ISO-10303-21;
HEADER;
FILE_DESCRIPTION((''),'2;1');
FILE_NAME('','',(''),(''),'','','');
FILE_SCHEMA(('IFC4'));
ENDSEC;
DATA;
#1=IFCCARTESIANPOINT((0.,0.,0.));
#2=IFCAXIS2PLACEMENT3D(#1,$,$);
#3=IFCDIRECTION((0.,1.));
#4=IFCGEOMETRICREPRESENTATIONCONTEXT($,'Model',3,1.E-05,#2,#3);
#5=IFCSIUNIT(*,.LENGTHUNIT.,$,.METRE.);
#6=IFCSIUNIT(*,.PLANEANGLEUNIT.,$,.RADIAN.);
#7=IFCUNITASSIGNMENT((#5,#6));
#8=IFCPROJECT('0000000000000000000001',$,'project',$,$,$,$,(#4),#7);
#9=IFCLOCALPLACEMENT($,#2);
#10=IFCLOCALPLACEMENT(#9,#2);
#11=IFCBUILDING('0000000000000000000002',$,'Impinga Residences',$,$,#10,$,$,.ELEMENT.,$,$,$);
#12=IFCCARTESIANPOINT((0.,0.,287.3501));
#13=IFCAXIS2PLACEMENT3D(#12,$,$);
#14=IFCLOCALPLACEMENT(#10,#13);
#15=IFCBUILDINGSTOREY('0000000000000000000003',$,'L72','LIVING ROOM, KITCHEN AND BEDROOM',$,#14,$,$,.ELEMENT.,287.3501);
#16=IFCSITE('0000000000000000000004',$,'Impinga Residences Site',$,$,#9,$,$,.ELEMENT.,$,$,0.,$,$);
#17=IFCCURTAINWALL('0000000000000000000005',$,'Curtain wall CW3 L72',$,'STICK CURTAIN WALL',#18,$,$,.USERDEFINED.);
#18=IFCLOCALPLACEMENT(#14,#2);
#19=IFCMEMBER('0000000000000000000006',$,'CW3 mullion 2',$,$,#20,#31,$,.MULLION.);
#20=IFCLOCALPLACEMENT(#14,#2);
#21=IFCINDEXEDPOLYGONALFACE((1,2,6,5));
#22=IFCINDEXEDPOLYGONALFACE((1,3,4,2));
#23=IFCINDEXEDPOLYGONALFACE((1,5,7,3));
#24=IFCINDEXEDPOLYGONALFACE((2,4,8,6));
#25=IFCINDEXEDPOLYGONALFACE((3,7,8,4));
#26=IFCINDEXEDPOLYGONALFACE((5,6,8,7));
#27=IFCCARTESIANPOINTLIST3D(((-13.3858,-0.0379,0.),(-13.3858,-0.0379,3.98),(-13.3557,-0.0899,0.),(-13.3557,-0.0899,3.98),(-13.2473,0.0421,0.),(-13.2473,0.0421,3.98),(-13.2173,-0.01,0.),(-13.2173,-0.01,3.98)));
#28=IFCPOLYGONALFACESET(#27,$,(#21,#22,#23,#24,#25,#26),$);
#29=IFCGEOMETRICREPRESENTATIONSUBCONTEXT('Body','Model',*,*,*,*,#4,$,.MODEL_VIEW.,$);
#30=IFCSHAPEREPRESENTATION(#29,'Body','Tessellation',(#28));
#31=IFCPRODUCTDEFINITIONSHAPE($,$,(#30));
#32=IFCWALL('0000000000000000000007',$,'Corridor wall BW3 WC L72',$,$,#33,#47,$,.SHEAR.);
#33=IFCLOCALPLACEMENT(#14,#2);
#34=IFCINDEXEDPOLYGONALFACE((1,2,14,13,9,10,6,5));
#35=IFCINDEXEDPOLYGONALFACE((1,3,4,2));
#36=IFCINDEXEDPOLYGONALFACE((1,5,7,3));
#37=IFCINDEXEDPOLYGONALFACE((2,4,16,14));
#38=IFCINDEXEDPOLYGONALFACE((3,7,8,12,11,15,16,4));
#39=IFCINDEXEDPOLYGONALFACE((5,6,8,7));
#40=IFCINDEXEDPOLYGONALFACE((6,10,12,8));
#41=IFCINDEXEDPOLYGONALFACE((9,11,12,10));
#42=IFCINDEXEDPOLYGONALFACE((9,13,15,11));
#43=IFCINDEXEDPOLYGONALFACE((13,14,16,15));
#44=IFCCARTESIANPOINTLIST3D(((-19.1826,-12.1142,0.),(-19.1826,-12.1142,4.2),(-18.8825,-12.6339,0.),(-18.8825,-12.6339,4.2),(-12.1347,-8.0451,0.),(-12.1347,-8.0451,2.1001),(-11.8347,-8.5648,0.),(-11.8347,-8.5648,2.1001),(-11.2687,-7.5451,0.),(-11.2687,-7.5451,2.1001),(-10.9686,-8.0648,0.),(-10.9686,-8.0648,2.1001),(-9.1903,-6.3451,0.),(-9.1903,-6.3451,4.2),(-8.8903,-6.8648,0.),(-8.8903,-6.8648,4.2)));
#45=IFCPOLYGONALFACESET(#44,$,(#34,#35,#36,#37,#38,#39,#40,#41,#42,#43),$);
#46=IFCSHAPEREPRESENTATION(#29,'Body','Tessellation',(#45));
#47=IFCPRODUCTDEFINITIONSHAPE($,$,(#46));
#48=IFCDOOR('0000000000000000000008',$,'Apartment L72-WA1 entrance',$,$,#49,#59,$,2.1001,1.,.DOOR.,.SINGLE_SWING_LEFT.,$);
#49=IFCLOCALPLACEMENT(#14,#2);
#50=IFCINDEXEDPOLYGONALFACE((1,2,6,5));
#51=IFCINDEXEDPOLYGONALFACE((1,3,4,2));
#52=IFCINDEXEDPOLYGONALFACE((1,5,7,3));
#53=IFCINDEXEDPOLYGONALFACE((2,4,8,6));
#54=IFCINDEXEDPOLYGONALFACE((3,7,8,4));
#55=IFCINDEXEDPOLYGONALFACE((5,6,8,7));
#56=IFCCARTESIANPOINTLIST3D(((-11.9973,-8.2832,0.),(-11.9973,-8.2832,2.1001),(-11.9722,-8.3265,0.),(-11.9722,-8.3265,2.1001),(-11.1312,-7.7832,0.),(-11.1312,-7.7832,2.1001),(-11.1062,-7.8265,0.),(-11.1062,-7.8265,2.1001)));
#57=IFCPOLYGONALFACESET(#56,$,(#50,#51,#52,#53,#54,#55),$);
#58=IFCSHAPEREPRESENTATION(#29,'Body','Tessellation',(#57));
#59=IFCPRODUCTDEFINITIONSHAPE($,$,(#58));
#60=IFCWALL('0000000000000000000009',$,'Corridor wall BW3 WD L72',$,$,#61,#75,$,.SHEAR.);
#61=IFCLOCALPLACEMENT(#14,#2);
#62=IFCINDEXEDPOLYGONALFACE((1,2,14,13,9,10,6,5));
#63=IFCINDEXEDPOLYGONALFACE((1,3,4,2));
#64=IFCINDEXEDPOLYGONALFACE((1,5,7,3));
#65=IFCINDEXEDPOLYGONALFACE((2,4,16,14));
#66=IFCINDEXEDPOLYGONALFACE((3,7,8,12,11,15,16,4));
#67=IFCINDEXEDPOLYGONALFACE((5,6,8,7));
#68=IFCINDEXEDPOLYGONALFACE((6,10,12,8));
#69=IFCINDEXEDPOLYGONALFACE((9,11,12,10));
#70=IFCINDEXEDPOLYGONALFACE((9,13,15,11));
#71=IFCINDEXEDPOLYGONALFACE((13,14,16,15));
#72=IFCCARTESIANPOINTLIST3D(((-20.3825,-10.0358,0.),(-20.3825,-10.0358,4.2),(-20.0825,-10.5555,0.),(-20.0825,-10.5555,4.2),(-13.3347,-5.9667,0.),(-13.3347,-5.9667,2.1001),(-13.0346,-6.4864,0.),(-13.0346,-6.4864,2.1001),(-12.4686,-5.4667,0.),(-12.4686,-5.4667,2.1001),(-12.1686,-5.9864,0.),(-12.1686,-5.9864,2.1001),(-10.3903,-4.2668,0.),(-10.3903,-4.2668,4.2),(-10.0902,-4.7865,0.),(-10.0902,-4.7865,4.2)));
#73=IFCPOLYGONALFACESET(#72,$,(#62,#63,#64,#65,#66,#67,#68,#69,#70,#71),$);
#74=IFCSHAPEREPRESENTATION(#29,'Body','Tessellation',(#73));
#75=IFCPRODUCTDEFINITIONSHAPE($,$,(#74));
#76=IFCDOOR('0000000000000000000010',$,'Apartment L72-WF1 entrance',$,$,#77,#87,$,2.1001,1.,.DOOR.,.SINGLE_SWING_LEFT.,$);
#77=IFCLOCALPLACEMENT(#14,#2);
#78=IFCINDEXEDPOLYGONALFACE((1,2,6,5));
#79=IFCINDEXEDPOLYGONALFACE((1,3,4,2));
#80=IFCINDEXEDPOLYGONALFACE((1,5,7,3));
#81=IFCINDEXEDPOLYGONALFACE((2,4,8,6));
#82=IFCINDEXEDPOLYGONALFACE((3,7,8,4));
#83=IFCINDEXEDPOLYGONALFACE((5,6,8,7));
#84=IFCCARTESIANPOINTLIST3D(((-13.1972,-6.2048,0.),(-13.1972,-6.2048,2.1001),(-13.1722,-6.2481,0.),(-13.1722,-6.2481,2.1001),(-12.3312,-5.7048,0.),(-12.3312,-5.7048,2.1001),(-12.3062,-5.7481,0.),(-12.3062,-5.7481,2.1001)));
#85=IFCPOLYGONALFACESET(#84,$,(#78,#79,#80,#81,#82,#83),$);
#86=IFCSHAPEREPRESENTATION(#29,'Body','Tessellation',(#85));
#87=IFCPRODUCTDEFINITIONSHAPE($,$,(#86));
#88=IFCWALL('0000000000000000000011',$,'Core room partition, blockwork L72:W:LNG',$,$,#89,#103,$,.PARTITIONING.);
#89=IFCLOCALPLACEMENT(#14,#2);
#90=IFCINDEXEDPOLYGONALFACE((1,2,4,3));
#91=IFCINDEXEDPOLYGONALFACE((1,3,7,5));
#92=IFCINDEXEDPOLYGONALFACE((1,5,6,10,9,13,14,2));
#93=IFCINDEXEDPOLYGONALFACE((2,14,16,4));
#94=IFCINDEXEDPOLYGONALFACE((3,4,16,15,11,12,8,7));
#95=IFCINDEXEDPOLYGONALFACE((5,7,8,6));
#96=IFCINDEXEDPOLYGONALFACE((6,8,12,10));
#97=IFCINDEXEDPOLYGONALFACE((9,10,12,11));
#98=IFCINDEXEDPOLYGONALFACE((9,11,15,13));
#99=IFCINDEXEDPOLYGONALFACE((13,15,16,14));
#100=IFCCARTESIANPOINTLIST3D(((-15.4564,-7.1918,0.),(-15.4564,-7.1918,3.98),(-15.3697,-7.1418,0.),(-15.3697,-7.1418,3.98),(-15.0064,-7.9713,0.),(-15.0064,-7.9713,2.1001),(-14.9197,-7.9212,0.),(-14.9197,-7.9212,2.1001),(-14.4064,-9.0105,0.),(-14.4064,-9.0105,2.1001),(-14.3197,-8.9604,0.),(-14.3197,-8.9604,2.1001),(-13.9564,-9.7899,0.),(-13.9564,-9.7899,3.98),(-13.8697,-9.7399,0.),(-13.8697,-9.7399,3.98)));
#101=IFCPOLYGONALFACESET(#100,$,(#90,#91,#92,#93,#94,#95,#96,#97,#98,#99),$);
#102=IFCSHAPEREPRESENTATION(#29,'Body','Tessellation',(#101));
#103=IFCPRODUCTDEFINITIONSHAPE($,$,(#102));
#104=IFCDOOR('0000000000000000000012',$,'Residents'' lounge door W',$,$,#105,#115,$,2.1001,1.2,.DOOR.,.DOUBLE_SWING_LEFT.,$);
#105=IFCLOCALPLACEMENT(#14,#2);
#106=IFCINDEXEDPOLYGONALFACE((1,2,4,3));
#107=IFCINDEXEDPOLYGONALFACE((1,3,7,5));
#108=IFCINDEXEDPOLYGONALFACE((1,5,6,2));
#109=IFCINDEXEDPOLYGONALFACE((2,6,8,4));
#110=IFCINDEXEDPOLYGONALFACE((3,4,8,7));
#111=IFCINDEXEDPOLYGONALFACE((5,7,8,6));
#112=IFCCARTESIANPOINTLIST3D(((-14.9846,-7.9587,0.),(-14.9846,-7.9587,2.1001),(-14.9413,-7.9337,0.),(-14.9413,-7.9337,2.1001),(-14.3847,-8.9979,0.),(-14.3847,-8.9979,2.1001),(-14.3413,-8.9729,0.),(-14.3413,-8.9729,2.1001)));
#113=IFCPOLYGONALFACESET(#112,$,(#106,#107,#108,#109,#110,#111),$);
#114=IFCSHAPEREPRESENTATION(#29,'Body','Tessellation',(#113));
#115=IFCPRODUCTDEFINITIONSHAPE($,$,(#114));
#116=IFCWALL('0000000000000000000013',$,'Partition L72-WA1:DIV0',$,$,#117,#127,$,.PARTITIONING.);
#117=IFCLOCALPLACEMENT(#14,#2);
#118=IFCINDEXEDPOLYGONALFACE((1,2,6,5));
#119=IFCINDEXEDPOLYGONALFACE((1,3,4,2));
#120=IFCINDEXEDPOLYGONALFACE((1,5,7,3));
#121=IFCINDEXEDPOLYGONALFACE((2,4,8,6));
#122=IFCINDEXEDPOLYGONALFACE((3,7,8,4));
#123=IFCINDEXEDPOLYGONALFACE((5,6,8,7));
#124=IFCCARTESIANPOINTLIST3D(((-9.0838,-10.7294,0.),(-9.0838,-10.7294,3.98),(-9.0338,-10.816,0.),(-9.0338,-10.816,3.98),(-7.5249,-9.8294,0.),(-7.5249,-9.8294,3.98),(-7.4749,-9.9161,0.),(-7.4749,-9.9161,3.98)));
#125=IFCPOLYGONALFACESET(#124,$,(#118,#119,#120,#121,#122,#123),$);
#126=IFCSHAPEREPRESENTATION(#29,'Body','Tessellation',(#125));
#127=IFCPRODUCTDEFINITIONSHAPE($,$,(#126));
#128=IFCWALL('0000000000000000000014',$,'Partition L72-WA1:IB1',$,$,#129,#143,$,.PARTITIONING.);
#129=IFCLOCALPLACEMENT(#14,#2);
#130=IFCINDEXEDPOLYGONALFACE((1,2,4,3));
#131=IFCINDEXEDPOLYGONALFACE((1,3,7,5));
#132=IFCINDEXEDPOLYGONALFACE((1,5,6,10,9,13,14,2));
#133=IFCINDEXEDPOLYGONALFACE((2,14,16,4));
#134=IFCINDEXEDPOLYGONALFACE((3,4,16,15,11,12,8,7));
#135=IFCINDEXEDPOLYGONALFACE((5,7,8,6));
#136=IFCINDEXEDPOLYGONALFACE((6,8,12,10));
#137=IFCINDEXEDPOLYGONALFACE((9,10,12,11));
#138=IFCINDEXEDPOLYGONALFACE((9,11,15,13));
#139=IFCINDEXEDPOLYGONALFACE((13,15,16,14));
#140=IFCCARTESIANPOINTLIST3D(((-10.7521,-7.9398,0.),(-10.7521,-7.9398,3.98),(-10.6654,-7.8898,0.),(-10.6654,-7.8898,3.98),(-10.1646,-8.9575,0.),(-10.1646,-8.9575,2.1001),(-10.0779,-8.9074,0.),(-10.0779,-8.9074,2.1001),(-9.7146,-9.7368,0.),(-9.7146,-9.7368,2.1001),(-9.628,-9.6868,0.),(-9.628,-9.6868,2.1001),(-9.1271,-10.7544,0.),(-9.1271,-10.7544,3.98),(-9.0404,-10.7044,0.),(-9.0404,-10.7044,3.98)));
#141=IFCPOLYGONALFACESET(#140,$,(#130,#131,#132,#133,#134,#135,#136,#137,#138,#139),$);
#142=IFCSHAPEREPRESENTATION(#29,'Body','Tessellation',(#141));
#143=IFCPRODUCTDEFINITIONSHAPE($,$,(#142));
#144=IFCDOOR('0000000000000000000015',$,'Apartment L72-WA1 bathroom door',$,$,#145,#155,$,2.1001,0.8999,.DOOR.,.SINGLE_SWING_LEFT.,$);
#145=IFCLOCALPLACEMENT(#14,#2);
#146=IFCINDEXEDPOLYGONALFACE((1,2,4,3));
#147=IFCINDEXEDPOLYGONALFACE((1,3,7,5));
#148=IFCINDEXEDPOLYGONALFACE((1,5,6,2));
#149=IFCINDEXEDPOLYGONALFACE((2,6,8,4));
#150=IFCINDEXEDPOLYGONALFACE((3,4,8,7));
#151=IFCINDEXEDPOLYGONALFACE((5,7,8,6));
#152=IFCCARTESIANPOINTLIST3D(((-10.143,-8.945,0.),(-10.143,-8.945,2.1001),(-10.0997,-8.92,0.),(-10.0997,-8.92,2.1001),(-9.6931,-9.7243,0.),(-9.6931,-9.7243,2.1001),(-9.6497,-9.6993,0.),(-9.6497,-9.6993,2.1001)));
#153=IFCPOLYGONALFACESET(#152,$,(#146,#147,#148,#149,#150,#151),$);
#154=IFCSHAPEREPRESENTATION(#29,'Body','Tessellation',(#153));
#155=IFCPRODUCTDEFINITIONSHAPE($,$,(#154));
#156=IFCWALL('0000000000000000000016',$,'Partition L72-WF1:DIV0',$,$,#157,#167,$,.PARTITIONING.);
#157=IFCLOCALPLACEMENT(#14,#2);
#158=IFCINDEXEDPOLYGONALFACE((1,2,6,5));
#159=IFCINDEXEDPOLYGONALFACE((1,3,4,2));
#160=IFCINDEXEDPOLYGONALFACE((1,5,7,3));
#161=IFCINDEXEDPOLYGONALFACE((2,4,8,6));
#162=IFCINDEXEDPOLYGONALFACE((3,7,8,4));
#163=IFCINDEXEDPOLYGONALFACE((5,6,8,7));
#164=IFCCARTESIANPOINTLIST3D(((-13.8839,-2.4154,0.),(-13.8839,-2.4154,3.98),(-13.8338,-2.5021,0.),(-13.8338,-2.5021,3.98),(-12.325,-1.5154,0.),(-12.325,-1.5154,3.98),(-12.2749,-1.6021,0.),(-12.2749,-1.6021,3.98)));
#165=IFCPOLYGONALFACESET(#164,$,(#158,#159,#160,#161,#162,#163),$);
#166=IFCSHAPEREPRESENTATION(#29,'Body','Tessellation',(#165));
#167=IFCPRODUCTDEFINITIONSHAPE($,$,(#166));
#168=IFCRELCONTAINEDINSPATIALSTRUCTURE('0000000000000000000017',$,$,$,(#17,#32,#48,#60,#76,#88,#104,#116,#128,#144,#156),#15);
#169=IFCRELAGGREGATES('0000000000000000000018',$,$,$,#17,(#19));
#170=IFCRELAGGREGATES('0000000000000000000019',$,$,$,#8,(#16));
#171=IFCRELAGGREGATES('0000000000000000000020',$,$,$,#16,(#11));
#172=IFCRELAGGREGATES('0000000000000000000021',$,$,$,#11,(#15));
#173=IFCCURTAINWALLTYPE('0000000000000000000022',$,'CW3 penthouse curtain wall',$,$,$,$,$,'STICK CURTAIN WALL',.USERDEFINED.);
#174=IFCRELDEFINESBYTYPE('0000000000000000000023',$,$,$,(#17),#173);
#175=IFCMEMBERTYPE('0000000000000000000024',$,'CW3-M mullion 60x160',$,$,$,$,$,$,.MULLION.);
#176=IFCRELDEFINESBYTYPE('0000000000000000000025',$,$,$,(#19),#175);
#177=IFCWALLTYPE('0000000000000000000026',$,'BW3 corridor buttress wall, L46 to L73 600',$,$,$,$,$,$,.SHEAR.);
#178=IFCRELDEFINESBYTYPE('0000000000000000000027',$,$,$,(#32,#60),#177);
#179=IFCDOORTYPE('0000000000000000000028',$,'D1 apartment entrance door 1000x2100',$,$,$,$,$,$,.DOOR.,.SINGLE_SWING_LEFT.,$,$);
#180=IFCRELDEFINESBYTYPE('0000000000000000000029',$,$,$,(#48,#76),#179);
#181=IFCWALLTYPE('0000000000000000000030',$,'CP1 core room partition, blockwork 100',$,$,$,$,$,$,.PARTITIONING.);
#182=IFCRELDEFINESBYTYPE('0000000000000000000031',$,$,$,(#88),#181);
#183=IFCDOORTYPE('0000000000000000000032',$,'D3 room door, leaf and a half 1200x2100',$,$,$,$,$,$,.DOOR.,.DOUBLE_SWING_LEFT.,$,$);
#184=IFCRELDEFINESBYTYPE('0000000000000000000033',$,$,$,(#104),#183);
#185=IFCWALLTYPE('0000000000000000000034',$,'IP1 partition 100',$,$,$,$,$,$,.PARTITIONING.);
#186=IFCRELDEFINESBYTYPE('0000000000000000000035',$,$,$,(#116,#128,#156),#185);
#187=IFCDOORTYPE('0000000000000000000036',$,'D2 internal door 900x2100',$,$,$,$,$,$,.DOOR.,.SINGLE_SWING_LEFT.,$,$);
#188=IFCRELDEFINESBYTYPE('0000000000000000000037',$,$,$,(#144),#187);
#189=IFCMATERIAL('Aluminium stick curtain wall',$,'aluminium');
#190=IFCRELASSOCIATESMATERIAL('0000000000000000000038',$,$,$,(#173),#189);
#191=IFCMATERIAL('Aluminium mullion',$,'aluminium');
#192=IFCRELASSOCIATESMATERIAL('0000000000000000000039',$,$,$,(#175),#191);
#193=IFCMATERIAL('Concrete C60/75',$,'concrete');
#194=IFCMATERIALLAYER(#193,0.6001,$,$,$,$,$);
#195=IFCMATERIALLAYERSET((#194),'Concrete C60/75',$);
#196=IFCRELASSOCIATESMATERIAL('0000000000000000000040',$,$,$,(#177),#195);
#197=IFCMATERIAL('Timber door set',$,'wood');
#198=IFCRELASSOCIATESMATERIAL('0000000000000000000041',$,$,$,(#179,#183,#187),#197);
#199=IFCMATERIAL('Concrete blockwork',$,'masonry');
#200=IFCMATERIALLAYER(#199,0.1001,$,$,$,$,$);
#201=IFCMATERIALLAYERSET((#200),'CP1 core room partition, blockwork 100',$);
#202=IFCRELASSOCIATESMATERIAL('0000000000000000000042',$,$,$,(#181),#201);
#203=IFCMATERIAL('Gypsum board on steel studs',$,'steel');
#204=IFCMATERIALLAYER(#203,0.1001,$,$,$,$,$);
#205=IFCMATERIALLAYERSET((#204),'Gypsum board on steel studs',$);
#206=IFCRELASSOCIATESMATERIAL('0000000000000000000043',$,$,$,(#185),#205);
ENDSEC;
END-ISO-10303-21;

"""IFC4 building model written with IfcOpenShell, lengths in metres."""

from ifc_helpers import new_model, si_unit, direction, frame, frame_2d, origin, origin_2d, place, context, subcontext, project, spatial, rectangle, extrude, material, layer, layer_set, material_profile, profile_set, type_object, element, fill, aggregate, save


model = new_model("IFC4")

# Units and contexts
model_context = context("Model", 3, precision=1e-05, world=origin(), true_north=direction((0.0, 1.0)))
body_context = subcontext(model_context, "Body", "Model", "MODEL_VIEW")
ifc_project = project(units=[si_unit("LENGTHUNIT", "METRE"), si_unit("PLANEANGLEUNIT", "RADIAN")], contexts=[model_context])

# Site, building, storey
site_placement = place(None, origin())
site = spatial("IfcSite", under=ifc_project, at=site_placement, Name="Impinga Residences Site", CompositionType="ELEMENT", RefElevation=0.0)
building_placement = place(site_placement, origin())
building = spatial("IfcBuilding", under=site, at=building_placement, Name="Impinga Residences", CompositionType="ELEMENT")
storey_placement = place(building_placement, frame((0.0, 0.0, 287.3501)))
storey = spatial("IfcBuildingStorey", under=building, at=storey_placement, Name="L72", Description="LIVING ROOM, KITCHEN AND BEDROOM", CompositionType="ELEMENT", Elevation=287.3501)

# Curtain wall, member
ifc_material_1 = material(Name="Aluminium stick curtain wall", Category="aluminium")
curtain_wall_type = type_object("IfcCurtainWallType", Name="CW3 penthouse curtain wall", ElementType="STICK CURTAIN WALL", PredefinedType="USERDEFINED", material=ifc_material_1)
curtain_wall_placement = place(storey_placement, origin())
curtain_wall = element("IfcCurtainWall", 1, at=curtain_wall_placement, inside=storey, type_object=curtain_wall_type, Name="Curtain wall CW3 L72", ObjectType="STICK CURTAIN WALL", PredefinedType="USERDEFINED")
ifc_material_2 = material(Name="Aluminium mullion", Category="aluminium")
ifc_material_profile = material_profile(ifc_material_2, rectangle(XDim=0.0601, YDim=0.1599, at=origin_2d()), Name="60x160 mullion")
ifc_profile_set = profile_set([ifc_material_profile], Name="Aluminium mullion")
member_type = type_object("IfcMemberType", Name="CW3-M mullion 60x160", PredefinedType="MULLION", material=ifc_profile_set)
member_placement = place(storey_placement, frame((-13.3015, -0.0239, 0.0), z_axis=(0.0, 0.0, 1.0), x_axis=(0.5, -0.866025, 0.0)))
member = element("IfcMember", 2, at=member_placement, type_object=member_type, Name="CW3 mullion 2", PredefinedType="MULLION", context=body_context, shape_type="SweptSolid", body=[
    extrude(rectangle(XDim=0.0601, YDim=0.1599, at=origin_2d()), origin(), (0.0, 0.0, 1.0), 3.98),
])
aggregate(curtain_wall, [member])

# Walls, openings, doors
ifc_material_3 = material(Name="Concrete C60/75", Category="concrete")
ifc_layer_1 = layer(ifc_material_3, 0.6001)
ifc_layer_set_1 = layer_set([ifc_layer_1], Name="Concrete C60/75")
wall_type_1 = type_object("IfcWallType", Name="BW3 corridor buttress wall, L46 to L73 600", PredefinedType="SHEAR", material=ifc_layer_set_1)
wall_1_placement = place(storey_placement, frame((-9.0403, -6.605, 0.0), z_axis=(0.0, 0.0, 1.0), x_axis=(-0.866023, -0.500003, 0.0)))
wall_1 = element("IfcWall", 3, at=wall_1_placement, inside=storey, type_object=wall_type_1, Name="Corridor wall BW3 WC L72", PredefinedType="SHEAR", context=body_context, shape_type="SweptSolid", body=[
    extrude(rectangle(XDim=11.5381, YDim=0.6001, at=frame_2d((5.769, 0.0))), origin(), (0.0, 0.0, 1.0), 4.2),
])
opening_1_placement = place(wall_1_placement, frame((2.3999, 0.0, 0.0)))
opening_1 = element("IfcOpeningElement", 4, at=opening_1_placement, cuts=wall_1, PredefinedType="OPENING", context=body_context, shape_type="SweptSolid", body=[
    extrude(rectangle(XDim=1.0, YDim=2.1001, at=frame_2d((0.5, 1.05))), frame((0.0, 0.3101, 0.0), z_axis=(0.0, -1.0, 0.0), x_axis=(1.0, 0.0, 0.0)), (0.0, 0.0, 1.0), 0.6201),
])
ifc_material_4 = material(Name="Timber door set", Category="wood")
door_type_1 = type_object("IfcDoorType", Name="D1 apartment entrance door 1000x2100", OperationType="SINGLE_SWING_LEFT", PredefinedType="DOOR", material=ifc_material_4)
door_1_placement = place(opening_1_placement, origin())
door_1 = element("IfcDoor", 5, at=door_1_placement, inside=storey, type_object=door_type_1, Name="Apartment L72-WA1 entrance", OperationType="SINGLE_SWING_LEFT", OverallHeight=2.1001, OverallWidth=1.0, PredefinedType="DOOR", context=body_context, shape_type="SweptSolid", body=[
    extrude(rectangle(XDim=1.0, YDim=2.1001, at=frame_2d((0.5, 1.05))), frame((0.0, 0.0249, 0.0), z_axis=(0.0, -1.0, 0.0), x_axis=(1.0, 0.0, 0.0)), (0.0, 0.0, 1.0), 0.05),
])
fill(opening_1, door_1)
wall_2_placement = place(storey_placement, frame((-10.2402, -4.5266, 0.0), z_axis=(0.0, 0.0, 1.0), x_axis=(-0.866023, -0.500003, 0.0)))
wall_2 = element("IfcWall", 6, at=wall_2_placement, inside=storey, type_object=wall_type_1, Name="Corridor wall BW3 WD L72", PredefinedType="SHEAR", context=body_context, shape_type="SweptSolid", body=[
    extrude(rectangle(XDim=11.5381, YDim=0.6001, at=frame_2d((5.769, 0.0))), origin(), (0.0, 0.0, 1.0), 4.2),
])
opening_2_placement = place(wall_2_placement, frame((2.3999, 0.0, 0.0)))
opening_2 = element("IfcOpeningElement", 7, at=opening_2_placement, cuts=wall_2, PredefinedType="OPENING", context=body_context, shape_type="SweptSolid", body=[
    extrude(rectangle(XDim=1.0, YDim=2.1001, at=frame_2d((0.5, 1.05))), frame((0.0, 0.3101, 0.0), z_axis=(0.0, -1.0, 0.0), x_axis=(1.0, 0.0, 0.0)), (0.0, 0.0, 1.0), 0.6201),
])
door_2_placement = place(opening_2_placement, origin())
door_2 = element("IfcDoor", 8, at=door_2_placement, inside=storey, type_object=door_type_1, Name="Apartment L72-WF1 entrance", OperationType="SINGLE_SWING_LEFT", OverallHeight=2.1001, OverallWidth=1.0, PredefinedType="DOOR", context=body_context, shape_type="SweptSolid", body=[
    extrude(rectangle(XDim=1.0, YDim=2.1001, at=frame_2d((0.5, 1.05))), frame((0.0, 0.0249, 0.0), z_axis=(0.0, -1.0, 0.0), x_axis=(1.0, 0.0, 0.0)), (0.0, 0.0, 1.0), 0.05),
])
fill(opening_2, door_2)
ifc_material_5 = material(Name="Concrete blockwork", Category="masonry")
ifc_layer_2 = layer(ifc_material_5, 0.1001)
ifc_layer_set_2 = layer_set([ifc_layer_2], Name="CP1 core room partition, blockwork 100")
wall_type_2 = type_object("IfcWallType", Name="CP1 core room partition, blockwork 100", PredefinedType="PARTITIONING", material=ifc_layer_set_2)
wall_3_placement = place(storey_placement, frame((-13.9131, -9.7649, 0.0), z_axis=(0.0, 0.0, 1.0), x_axis=(-0.49999, 0.866031, 0.0)))
wall_3 = element("IfcWall", 9, at=wall_3_placement, inside=storey, type_object=wall_type_2, Name="Core room partition, blockwork L72:W:LNG", PredefinedType="PARTITIONING", context=body_context, shape_type="SweptSolid", body=[
    extrude(rectangle(XDim=3.0, YDim=0.1001, at=frame_2d((1.5, 0.0))), origin(), (0.0, 0.0, 1.0), 3.98),
])
opening_3_placement = place(wall_3_placement, frame((0.8999, 0.0, 0.0)))
opening_3 = element("IfcOpeningElement", 10, at=opening_3_placement, cuts=wall_3, PredefinedType="OPENING", context=body_context, shape_type="SweptSolid", body=[
    extrude(rectangle(XDim=1.2, YDim=2.1001, at=frame_2d((0.6001, 1.05))), frame((0.0, 0.0601, 0.0), z_axis=(0.0, -1.0, 0.0), x_axis=(1.0, 0.0, 0.0)), (0.0, 0.0, 1.0), 0.1201),
])
door_type_2 = type_object("IfcDoorType", Name="D3 room door, leaf and a half 1200x2100", OperationType="DOUBLE_SWING_LEFT", PredefinedType="DOOR", material=ifc_material_4)
door_3_placement = place(opening_3_placement, origin())
door_3 = element("IfcDoor", 11, at=door_3_placement, inside=storey, type_object=door_type_2, Name="Residents' lounge door W", OperationType="DOUBLE_SWING_LEFT", OverallHeight=2.1001, OverallWidth=1.2, PredefinedType="DOOR", context=body_context, shape_type="SweptSolid", body=[
    extrude(rectangle(XDim=1.2, YDim=2.1001, at=frame_2d((0.6001, 1.05))), frame((0.0, 0.0249, 0.0), z_axis=(0.0, -1.0, 0.0), x_axis=(1.0, 0.0, 0.0)), (0.0, 0.0, 1.0), 0.05),
])
fill(opening_3, door_3)

# Wall
ifc_material_6 = material(Name="Gypsum board on steel studs", Category="steel")
ifc_layer_3 = layer(ifc_material_6, 0.1001)
ifc_layer_set_3 = layer_set([ifc_layer_3], Name="Gypsum board on steel studs")
wall_type_3 = type_object("IfcWallType", Name="IP1 partition 100", PredefinedType="PARTITIONING", material=ifc_layer_set_3)
wall_4_placement = place(storey_placement, frame((-7.5, -9.8728, 0.0), z_axis=(0.0, 0.0, 1.0), x_axis=(-0.866048, -0.499961, 0.0)))
element("IfcWall", 12, at=wall_4_placement, inside=storey, type_object=wall_type_3, Name="Partition L72-WA1:DIV0", PredefinedType="PARTITIONING", context=body_context, shape_type="SweptSolid", body=[
    extrude(rectangle(XDim=1.8, YDim=0.1001, at=frame_2d((0.8999, 0.0))), origin(), (0.0, 0.0, 1.0), 3.98),
])

# Wall, opening, door
wall_5_placement = place(storey_placement, frame((-10.7087, -7.9148, 0.0), z_axis=(0.0, 0.0, 1.0), x_axis=(0.499985, -0.866034, 0.0)))
wall_5 = element("IfcWall", 13, at=wall_5_placement, inside=storey, type_object=wall_type_3, Name="Partition L72-WA1:IB1", PredefinedType="PARTITIONING", context=body_context, shape_type="SweptSolid", body=[
    extrude(rectangle(XDim=3.25, YDim=0.1001, at=frame_2d((1.625, 0.0))), origin(), (0.0, 0.0, 1.0), 3.98),
])
opening_4_placement = place(wall_5_placement, frame((1.175, 0.0, 0.0)))
opening_4 = element("IfcOpeningElement", 14, at=opening_4_placement, cuts=wall_5, PredefinedType="OPENING", context=body_context, shape_type="SweptSolid", body=[
    extrude(rectangle(XDim=0.8999, YDim=2.1001, at=frame_2d((0.45, 1.05))), frame((0.0, 0.0601, 0.0), z_axis=(0.0, -1.0, 0.0), x_axis=(1.0, 0.0, 0.0)), (0.0, 0.0, 1.0), 0.1201),
])
door_type_3 = type_object("IfcDoorType", Name="D2 internal door 900x2100", OperationType="SINGLE_SWING_LEFT", PredefinedType="DOOR", material=ifc_material_4)
door_4_placement = place(opening_4_placement, origin())
door_4 = element("IfcDoor", 15, at=door_4_placement, inside=storey, type_object=door_type_3, Name="Apartment L72-WA1 bathroom door", OperationType="SINGLE_SWING_LEFT", OverallHeight=2.1001, OverallWidth=0.8999, PredefinedType="DOOR", context=body_context, shape_type="SweptSolid", body=[
    extrude(rectangle(XDim=0.8999, YDim=2.1001, at=frame_2d((0.45, 1.05))), frame((0.0, 0.0249, 0.0), z_axis=(0.0, -1.0, 0.0), x_axis=(1.0, 0.0, 0.0)), (0.0, 0.0, 1.0), 0.05),
])
fill(opening_4, door_4)

# Wall
wall_6_placement = place(storey_placement, frame((-12.3, -1.5588, 0.0), z_axis=(0.0, 0.0, 1.0), x_axis=(-0.866048, -0.499961, 0.0)))
element("IfcWall", 16, at=wall_6_placement, inside=storey, type_object=wall_type_3, Name="Partition L72-WF1:DIV0", PredefinedType="PARTITIONING", context=body_context, shape_type="SweptSolid", body=[
    extrude(rectangle(XDim=1.8, YDim=0.1001, at=frame_2d((0.8999, 0.0))), origin(), (0.0, 0.0, 1.0), 3.98),
])

save(model, "model.ifc")
